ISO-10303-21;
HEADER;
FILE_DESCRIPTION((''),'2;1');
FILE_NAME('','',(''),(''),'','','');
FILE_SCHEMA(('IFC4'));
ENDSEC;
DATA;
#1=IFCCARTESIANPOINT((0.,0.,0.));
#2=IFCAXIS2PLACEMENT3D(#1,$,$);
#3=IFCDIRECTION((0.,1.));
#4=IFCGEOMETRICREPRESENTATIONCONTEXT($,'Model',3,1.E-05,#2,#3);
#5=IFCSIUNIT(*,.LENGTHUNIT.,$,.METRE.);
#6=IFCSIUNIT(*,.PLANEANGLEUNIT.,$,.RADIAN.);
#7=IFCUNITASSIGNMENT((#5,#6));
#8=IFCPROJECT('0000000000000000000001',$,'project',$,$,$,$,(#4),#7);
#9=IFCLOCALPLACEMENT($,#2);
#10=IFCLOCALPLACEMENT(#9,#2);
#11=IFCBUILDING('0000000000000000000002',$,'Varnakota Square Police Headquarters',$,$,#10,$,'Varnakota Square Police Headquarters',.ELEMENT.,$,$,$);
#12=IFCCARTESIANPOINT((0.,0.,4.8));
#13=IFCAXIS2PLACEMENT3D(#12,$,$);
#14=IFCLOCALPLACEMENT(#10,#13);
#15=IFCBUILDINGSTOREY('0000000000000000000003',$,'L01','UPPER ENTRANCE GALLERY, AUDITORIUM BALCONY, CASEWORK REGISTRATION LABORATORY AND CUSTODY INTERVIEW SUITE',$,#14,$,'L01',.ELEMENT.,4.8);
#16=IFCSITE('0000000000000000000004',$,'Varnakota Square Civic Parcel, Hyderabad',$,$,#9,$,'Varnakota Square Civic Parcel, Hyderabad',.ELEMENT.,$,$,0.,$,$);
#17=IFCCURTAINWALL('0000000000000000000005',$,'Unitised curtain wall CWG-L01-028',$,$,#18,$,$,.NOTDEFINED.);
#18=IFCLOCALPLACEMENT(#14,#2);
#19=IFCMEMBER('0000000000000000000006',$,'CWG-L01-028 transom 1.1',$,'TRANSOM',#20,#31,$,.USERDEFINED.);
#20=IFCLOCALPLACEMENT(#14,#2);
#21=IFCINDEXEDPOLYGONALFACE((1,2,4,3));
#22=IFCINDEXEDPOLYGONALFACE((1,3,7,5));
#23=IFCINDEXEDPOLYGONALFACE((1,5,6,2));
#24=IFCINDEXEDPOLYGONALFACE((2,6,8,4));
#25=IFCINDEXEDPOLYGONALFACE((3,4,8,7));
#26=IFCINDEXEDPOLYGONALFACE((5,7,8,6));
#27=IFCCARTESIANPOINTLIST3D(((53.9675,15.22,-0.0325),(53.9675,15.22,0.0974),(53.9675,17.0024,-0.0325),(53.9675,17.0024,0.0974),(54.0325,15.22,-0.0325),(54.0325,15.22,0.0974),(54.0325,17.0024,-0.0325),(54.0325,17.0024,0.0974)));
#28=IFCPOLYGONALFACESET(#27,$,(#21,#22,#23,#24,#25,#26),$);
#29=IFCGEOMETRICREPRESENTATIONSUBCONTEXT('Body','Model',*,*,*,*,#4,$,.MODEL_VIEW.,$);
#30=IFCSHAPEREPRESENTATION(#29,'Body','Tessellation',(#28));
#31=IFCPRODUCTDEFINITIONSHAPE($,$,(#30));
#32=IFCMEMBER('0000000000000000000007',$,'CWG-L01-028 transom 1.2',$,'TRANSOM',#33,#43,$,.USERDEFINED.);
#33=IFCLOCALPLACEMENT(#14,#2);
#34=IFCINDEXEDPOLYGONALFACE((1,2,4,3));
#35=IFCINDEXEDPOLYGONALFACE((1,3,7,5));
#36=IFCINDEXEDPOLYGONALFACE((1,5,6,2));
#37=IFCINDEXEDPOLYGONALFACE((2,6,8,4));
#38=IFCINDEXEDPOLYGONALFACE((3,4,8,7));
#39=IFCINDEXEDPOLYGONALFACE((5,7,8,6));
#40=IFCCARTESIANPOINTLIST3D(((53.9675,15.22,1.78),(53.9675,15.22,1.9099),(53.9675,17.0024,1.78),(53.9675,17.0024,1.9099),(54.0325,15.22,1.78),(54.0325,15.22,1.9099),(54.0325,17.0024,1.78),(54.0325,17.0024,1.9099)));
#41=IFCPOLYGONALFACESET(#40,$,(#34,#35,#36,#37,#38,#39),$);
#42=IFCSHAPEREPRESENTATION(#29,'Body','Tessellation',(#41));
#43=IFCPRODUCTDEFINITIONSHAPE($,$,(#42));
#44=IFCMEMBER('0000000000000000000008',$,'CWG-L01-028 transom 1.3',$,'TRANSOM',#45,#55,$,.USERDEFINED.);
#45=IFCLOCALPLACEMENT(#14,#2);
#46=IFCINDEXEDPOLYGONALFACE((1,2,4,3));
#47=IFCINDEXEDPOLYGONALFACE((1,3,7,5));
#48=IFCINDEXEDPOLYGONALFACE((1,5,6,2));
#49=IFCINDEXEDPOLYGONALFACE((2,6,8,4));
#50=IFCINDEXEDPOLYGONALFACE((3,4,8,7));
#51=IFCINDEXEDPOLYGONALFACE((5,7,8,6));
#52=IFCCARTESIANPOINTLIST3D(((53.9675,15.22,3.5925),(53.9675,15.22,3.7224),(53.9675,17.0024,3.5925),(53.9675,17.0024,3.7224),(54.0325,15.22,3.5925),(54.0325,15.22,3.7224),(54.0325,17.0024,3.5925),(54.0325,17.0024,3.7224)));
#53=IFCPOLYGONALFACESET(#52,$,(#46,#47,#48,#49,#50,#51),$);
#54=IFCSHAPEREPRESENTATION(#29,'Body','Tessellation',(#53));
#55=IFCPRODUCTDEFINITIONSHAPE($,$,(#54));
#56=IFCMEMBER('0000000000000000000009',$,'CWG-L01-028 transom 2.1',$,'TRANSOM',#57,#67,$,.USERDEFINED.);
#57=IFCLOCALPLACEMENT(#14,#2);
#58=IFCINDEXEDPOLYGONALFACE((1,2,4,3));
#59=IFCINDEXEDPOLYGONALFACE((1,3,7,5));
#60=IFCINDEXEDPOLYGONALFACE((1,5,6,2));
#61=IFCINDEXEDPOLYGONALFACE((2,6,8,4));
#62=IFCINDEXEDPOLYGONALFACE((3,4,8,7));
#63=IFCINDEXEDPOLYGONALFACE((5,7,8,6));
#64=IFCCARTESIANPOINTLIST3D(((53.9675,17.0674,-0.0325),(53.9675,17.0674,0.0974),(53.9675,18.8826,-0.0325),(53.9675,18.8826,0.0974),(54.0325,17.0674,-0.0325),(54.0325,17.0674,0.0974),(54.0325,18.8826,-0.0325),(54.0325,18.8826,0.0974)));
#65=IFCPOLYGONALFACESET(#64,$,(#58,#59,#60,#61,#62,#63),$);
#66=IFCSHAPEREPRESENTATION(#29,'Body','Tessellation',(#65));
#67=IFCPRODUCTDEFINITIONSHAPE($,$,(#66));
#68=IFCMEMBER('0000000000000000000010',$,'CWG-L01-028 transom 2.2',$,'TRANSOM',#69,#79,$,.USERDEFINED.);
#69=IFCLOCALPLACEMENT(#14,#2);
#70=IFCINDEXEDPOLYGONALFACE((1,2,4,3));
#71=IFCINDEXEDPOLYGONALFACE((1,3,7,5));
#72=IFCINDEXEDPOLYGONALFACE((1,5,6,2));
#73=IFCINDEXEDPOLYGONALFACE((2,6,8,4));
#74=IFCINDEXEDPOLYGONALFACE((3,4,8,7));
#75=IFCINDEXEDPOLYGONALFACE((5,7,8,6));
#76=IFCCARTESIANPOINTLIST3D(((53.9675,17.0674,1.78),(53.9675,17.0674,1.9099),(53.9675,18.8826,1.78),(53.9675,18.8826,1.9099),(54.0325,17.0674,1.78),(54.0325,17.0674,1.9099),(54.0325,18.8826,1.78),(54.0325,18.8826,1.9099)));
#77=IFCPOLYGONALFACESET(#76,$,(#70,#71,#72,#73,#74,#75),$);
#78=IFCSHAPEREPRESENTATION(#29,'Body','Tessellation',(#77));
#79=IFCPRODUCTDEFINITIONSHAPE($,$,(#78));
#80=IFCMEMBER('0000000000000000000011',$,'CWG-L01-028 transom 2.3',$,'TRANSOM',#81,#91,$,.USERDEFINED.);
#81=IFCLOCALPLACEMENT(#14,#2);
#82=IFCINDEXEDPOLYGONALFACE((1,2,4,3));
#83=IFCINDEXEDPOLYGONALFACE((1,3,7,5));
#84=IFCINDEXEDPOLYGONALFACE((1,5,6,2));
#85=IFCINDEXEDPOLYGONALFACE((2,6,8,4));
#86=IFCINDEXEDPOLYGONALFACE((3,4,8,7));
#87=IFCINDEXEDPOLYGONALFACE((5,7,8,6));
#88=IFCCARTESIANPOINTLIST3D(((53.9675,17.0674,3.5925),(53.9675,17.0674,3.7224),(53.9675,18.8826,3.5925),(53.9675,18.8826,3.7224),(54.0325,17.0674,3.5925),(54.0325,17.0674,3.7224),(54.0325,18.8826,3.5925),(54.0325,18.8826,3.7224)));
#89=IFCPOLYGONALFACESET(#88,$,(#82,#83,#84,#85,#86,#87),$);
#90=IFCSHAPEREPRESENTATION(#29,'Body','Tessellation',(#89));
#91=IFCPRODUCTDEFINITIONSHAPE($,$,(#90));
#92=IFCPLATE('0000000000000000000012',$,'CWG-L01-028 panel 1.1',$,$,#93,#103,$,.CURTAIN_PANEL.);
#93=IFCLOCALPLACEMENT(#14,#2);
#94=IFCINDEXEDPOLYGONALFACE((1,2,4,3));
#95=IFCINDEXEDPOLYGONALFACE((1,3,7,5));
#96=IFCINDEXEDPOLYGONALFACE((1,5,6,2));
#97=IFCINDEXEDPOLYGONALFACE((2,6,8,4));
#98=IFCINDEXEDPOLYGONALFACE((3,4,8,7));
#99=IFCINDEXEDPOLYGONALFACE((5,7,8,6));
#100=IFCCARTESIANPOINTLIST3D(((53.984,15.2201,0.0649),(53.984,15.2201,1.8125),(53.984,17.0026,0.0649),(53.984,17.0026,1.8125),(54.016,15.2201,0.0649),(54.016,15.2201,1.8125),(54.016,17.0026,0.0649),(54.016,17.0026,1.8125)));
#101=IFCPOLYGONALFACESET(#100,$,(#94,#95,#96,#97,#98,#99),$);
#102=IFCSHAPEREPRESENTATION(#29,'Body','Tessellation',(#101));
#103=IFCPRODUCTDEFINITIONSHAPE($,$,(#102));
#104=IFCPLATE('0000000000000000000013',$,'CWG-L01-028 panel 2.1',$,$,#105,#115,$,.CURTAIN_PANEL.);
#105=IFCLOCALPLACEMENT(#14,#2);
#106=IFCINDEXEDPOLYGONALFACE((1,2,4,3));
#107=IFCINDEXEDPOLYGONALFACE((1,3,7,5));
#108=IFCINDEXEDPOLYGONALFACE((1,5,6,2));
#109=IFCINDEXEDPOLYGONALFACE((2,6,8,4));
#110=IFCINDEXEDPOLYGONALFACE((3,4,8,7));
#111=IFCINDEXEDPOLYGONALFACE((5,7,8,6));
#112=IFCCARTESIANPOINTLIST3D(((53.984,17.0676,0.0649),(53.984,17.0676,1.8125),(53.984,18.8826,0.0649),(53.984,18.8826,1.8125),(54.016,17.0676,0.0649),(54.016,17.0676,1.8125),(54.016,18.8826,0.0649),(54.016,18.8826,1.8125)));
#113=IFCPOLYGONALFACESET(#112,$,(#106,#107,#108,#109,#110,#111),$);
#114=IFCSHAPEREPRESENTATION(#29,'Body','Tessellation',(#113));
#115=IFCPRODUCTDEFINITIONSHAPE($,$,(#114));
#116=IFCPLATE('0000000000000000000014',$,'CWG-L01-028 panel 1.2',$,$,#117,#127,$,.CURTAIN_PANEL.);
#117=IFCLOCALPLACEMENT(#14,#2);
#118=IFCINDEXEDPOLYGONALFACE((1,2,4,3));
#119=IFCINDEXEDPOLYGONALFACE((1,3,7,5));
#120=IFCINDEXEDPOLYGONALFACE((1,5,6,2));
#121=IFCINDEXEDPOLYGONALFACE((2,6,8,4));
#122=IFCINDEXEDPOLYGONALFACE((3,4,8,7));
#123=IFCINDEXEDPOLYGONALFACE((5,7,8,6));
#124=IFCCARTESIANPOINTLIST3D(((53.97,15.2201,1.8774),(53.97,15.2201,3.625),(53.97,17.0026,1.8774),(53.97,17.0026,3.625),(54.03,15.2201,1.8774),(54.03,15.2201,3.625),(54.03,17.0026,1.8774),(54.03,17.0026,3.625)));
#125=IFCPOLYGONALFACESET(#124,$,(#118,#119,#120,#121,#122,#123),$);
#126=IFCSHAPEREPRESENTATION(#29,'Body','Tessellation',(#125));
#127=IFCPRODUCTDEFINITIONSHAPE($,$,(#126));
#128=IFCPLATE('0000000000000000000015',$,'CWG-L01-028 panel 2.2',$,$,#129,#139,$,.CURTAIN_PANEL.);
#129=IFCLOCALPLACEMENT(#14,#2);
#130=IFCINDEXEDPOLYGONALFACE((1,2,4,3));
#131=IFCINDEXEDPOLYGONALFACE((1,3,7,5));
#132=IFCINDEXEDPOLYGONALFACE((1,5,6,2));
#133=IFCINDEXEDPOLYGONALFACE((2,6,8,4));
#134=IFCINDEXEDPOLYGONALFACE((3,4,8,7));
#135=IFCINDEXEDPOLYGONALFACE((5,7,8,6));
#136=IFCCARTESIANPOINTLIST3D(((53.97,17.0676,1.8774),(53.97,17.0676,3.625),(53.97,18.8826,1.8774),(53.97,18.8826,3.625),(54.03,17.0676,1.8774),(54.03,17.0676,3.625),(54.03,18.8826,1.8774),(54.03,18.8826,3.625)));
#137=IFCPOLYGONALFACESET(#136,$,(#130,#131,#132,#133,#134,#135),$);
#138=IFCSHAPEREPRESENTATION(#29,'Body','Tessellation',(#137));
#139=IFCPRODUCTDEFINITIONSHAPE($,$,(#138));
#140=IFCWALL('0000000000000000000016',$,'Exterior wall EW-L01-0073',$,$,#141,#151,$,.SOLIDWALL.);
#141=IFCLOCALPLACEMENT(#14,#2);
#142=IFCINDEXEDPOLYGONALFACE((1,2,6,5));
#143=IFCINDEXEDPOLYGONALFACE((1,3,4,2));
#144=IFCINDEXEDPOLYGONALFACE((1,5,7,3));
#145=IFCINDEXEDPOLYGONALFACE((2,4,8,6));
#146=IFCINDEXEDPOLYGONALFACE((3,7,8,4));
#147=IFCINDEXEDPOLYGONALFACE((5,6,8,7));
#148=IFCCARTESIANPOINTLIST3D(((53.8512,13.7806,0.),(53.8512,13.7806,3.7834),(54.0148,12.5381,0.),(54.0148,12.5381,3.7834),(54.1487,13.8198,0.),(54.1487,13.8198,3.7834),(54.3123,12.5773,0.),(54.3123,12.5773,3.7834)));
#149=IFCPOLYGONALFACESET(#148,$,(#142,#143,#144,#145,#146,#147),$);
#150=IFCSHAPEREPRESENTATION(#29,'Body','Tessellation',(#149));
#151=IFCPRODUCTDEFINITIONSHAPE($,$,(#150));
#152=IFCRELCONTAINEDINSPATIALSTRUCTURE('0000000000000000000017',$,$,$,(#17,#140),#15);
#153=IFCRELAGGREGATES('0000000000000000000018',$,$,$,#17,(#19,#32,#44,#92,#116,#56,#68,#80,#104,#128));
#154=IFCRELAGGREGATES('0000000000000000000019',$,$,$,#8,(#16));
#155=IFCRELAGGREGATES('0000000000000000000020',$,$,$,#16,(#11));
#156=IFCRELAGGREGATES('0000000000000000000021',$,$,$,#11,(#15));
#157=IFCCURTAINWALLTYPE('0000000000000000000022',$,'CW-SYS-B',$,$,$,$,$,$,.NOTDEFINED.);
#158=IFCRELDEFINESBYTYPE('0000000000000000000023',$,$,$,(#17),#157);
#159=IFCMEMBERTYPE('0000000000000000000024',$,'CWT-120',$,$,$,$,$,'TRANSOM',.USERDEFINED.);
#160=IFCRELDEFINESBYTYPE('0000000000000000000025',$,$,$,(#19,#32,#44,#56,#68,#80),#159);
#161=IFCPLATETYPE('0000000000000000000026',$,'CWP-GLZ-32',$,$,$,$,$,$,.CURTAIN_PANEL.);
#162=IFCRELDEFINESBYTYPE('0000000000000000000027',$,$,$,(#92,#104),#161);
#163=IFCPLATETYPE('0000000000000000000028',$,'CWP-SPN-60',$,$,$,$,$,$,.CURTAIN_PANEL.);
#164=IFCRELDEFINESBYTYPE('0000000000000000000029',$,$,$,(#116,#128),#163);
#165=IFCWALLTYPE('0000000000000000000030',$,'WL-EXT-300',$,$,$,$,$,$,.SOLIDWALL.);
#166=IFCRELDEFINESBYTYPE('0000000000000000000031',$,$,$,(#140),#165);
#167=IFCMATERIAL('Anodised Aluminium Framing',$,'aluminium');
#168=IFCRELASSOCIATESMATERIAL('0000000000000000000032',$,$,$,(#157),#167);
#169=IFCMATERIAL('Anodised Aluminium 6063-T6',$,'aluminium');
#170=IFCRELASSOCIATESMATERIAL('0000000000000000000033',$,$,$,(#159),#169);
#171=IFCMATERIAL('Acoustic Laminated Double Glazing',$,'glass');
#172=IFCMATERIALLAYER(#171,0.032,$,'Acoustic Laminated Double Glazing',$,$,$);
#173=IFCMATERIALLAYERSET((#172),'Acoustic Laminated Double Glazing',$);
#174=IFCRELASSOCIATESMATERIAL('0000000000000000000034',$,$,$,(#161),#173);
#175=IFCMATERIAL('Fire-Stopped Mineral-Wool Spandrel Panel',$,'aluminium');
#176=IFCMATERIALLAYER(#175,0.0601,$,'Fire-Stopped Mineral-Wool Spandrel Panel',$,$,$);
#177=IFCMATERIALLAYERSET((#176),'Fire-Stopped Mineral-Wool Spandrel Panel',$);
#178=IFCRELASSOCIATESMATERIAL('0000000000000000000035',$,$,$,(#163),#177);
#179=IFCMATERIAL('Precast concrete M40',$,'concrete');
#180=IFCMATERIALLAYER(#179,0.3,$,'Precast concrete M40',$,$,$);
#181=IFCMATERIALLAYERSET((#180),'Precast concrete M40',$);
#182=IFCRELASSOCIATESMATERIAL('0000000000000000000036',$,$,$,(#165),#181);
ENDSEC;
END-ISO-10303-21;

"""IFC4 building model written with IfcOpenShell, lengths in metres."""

from ifc_helpers import new_model, si_unit, direction, frame, frame_2d, origin, origin_2d, place, context, subcontext, project, spatial, rectangle, extrude, material, layer, layer_set, material_profile, profile_set, type_object, element, aggregate, save


model = new_model("IFC4")

# Units and contexts
model_context = context("Model", 3, precision=1e-05, world=origin(), true_north=direction((0.0, 1.0)))
body_context = subcontext(model_context, "Body", "Model", "MODEL_VIEW")
ifc_project = project(units=[si_unit("LENGTHUNIT", "METRE"), si_unit("PLANEANGLEUNIT", "RADIAN")], contexts=[model_context])

# Site, building, storey
site_placement = place(None, origin())
site = spatial("IfcSite", under=ifc_project, at=site_placement, Name="Varnakota Square Civic Parcel, Hyderabad", LongName="Varnakota Square Civic Parcel, Hyderabad", CompositionType="ELEMENT", RefElevation=0.0)
building_placement = place(site_placement, origin())
building = spatial("IfcBuilding", under=site, at=building_placement, Name="Varnakota Square Police Headquarters", LongName="Varnakota Square Police Headquarters", CompositionType="ELEMENT")
storey_placement = place(building_placement, frame((0.0, 0.0, 4.8)))
storey = spatial("IfcBuildingStorey", under=building, at=storey_placement, Name="L01", Description="UPPER ENTRANCE GALLERY, AUDITORIUM BALCONY, CASEWORK REGISTRATION LABORATORY AND CUSTODY INTERVIEW SUITE", LongName="L01", CompositionType="ELEMENT", Elevation=4.8)

# Curtain wall, members, plates
ifc_material_1 = material(Name="Anodised Aluminium Framing", Category="aluminium")
curtain_wall_type = type_object("IfcCurtainWallType", Name="CW-SYS-B", PredefinedType="NOTDEFINED", material=ifc_material_1)
curtain_wall_placement = place(storey_placement, origin())
curtain_wall = element("IfcCurtainWall", 1, at=curtain_wall_placement, inside=storey, type_object=curtain_wall_type, Name="Unitised curtain wall CWG-L01-028", PredefinedType="NOTDEFINED")
ifc_material_2 = material(Name="Anodised Aluminium 6063-T6", Category="aluminium")
ifc_material_profile_1 = material_profile(ifc_material_2, rectangle(XDim=0.0649, YDim=0.1299, at=origin_2d()), Name="ALU TRANSOM 65x130")
ifc_profile_set_1 = profile_set([ifc_material_profile_1], Name="Anodised Aluminium 6063-T6")
member_type_1 = type_object("IfcMemberType", Name="CWT-120", ElementType="TRANSOM", PredefinedType="USERDEFINED", material=ifc_profile_set_1)
member_1_placement = place(storey_placement, frame((54.0, 15.22, 0.0325), z_axis=(0.0, 1.0, 0.0), x_axis=(-1.0, 0.0, 0.0)))
member_1 = element("IfcMember", 2, at=member_1_placement, type_object=member_type_1, Name="CWG-L01-028 transom 1.1", ObjectType="TRANSOM", PredefinedType="USERDEFINED", context=body_context, shape_type="SweptSolid", body=[
    extrude(rectangle(XDim=0.0649, YDim=0.1299, at=origin_2d()), origin(), (0.0, 0.0, 1.0), 1.7825),
])
member_2_placement = place(storey_placement, frame((54.0, 15.22, 1.845), z_axis=(0.0, 1.0, 0.0), x_axis=(-1.0, 0.0, 0.0)))
member_2 = element("IfcMember", 3, at=member_2_placement, type_object=member_type_1, Name="CWG-L01-028 transom 1.2", ObjectType="TRANSOM", PredefinedType="USERDEFINED", context=body_context, shape_type="SweptSolid", body=[
    extrude(rectangle(XDim=0.0649, YDim=0.1299, at=origin_2d()), origin(), (0.0, 0.0, 1.0), 1.7825),
])
member_3_placement = place(storey_placement, frame((54.0, 15.22, 3.6575), z_axis=(0.0, 1.0, 0.0), x_axis=(-1.0, 0.0, 0.0)))
member_3 = element("IfcMember", 4, at=member_3_placement, type_object=member_type_1, Name="CWG-L01-028 transom 1.3", ObjectType="TRANSOM", PredefinedType="USERDEFINED", context=body_context, shape_type="SweptSolid", body=[
    extrude(rectangle(XDim=0.0649, YDim=0.1299, at=origin_2d()), origin(), (0.0, 0.0, 1.0), 1.7825),
])
member_4_placement = place(storey_placement, frame((54.0, 17.0674, 0.0325), z_axis=(0.0, 1.0, 0.0), x_axis=(-1.0, 0.0, 0.0)))
member_4 = element("IfcMember", 5, at=member_4_placement, type_object=member_type_1, Name="CWG-L01-028 transom 2.1", ObjectType="TRANSOM", PredefinedType="USERDEFINED", context=body_context, shape_type="SweptSolid", body=[
    extrude(rectangle(XDim=0.0649, YDim=0.1299, at=origin_2d()), origin(), (0.0, 0.0, 1.0), 1.8152),
])
member_5_placement = place(storey_placement, frame((54.0, 17.0674, 1.845), z_axis=(0.0, 1.0, 0.0), x_axis=(-1.0, 0.0, 0.0)))
member_5 = element("IfcMember", 6, at=member_5_placement, type_object=member_type_1, Name="CWG-L01-028 transom 2.2", ObjectType="TRANSOM", PredefinedType="USERDEFINED", context=body_context, shape_type="SweptSolid", body=[
    extrude(rectangle(XDim=0.0649, YDim=0.1299, at=origin_2d()), origin(), (0.0, 0.0, 1.0), 1.8152),
])
member_6_placement = place(storey_placement, frame((54.0, 17.0674, 3.6575), z_axis=(0.0, 1.0, 0.0), x_axis=(-1.0, 0.0, 0.0)))
member_6 = element("IfcMember", 7, at=member_6_placement, type_object=member_type_1, Name="CWG-L01-028 transom 2.3", ObjectType="TRANSOM", PredefinedType="USERDEFINED", context=body_context, shape_type="SweptSolid", body=[
    extrude(rectangle(XDim=0.0649, YDim=0.1299, at=origin_2d()), origin(), (0.0, 0.0, 1.0), 1.8152),
])
ifc_material_3 = material(Name="Acoustic Laminated Double Glazing", Category="glass")
ifc_layer_1 = layer(ifc_material_3, 0.032, Name="Acoustic Laminated Double Glazing")
ifc_layer_set_1 = layer_set([ifc_layer_1], Name="Acoustic Laminated Double Glazing")
plate_type_1 = type_object("IfcPlateType", Name="CWP-GLZ-32", PredefinedType="CURTAIN_PANEL", material=ifc_layer_set_1)
plate_1_placement = place(storey_placement, frame((54.0, 16.1113, 0.0649), z_axis=(0.0, 0.0, 1.0), x_axis=(0.0, 1.0, 0.0)))
plate_1 = element("IfcPlate", 8, at=plate_1_placement, type_object=plate_type_1, Name="CWG-L01-028 panel 1.1", PredefinedType="CURTAIN_PANEL", context=body_context, shape_type="SweptSolid", body=[
    extrude(rectangle(XDim=1.7825, YDim=0.032, at=origin_2d()), origin(), (0.0, 0.0, 1.0), 1.7476),
])
plate_2_placement = place(storey_placement, frame((54.0, 17.9751, 0.0649), z_axis=(0.0, 0.0, 1.0), x_axis=(0.0, 1.0, 0.0)))
plate_2 = element("IfcPlate", 9, at=plate_2_placement, type_object=plate_type_1, Name="CWG-L01-028 panel 2.1", PredefinedType="CURTAIN_PANEL", context=body_context, shape_type="SweptSolid", body=[
    extrude(rectangle(XDim=1.8149, YDim=0.032, at=origin_2d()), origin(), (0.0, 0.0, 1.0), 1.7476),
])
ifc_material_4 = material(Name="Fire-Stopped Mineral-Wool Spandrel Panel", Category="aluminium")
ifc_layer_2 = layer(ifc_material_4, 0.0601, Name="Fire-Stopped Mineral-Wool Spandrel Panel")
ifc_layer_set_2 = layer_set([ifc_layer_2], Name="Fire-Stopped Mineral-Wool Spandrel Panel")
plate_type_2 = type_object("IfcPlateType", Name="CWP-SPN-60", PredefinedType="CURTAIN_PANEL", material=ifc_layer_set_2)
plate_3_placement = place(storey_placement, frame((54.0, 16.1113, 1.8774), z_axis=(0.0, 0.0, 1.0), x_axis=(0.0, 1.0, 0.0)))
plate_3 = element("IfcPlate", 10, at=plate_3_placement, type_object=plate_type_2, Name="CWG-L01-028 panel 1.2", PredefinedType="CURTAIN_PANEL", context=body_context, shape_type="SweptSolid", body=[
    extrude(rectangle(XDim=1.7825, YDim=0.0601, at=origin_2d()), origin(), (0.0, 0.0, 1.0), 1.7476),
])
plate_4_placement = place(storey_placement, frame((54.0, 17.9751, 1.8774), z_axis=(0.0, 0.0, 1.0), x_axis=(0.0, 1.0, 0.0)))
plate_4 = element("IfcPlate", 11, at=plate_4_placement, type_object=plate_type_2, Name="CWG-L01-028 panel 2.2", PredefinedType="CURTAIN_PANEL", context=body_context, shape_type="SweptSolid", body=[
    extrude(rectangle(XDim=1.8149, YDim=0.0601, at=origin_2d()), origin(), (0.0, 0.0, 1.0), 1.7476),
])
aggregate(curtain_wall, [member_1, member_2, member_3, plate_1, plate_3, member_4, member_5, member_6, plate_2, plate_4])

# Wall
ifc_material_5 = material(Name="Precast concrete M40", Category="concrete")
ifc_layer_3 = layer(ifc_material_5, 0.3, Name="Precast concrete M40")
ifc_layer_set_3 = layer_set([ifc_layer_3], Name="Precast concrete M40")
wall_type = type_object("IfcWallType", Name="WL-EXT-300", PredefinedType="SOLIDWALL", material=ifc_layer_set_3)
wall_placement = place(storey_placement, frame((54.0, 13.8, 0.0), z_axis=(0.0, 0.0, 1.0), x_axis=(0.13053, -0.991444, 0.0)))
element("IfcWall", 12, at=wall_placement, inside=storey, type_object=wall_type, Name="Exterior wall EW-L01-0073", PredefinedType="SOLIDWALL", context=body_context, shape_type="SweptSolid", body=[
    extrude(rectangle(XDim=1.2532, YDim=0.3, at=frame_2d((0.6265, 0.0))), origin(), (0.0, 0.0, 1.0), 3.7834),
])

save(model, "model.ifc")
